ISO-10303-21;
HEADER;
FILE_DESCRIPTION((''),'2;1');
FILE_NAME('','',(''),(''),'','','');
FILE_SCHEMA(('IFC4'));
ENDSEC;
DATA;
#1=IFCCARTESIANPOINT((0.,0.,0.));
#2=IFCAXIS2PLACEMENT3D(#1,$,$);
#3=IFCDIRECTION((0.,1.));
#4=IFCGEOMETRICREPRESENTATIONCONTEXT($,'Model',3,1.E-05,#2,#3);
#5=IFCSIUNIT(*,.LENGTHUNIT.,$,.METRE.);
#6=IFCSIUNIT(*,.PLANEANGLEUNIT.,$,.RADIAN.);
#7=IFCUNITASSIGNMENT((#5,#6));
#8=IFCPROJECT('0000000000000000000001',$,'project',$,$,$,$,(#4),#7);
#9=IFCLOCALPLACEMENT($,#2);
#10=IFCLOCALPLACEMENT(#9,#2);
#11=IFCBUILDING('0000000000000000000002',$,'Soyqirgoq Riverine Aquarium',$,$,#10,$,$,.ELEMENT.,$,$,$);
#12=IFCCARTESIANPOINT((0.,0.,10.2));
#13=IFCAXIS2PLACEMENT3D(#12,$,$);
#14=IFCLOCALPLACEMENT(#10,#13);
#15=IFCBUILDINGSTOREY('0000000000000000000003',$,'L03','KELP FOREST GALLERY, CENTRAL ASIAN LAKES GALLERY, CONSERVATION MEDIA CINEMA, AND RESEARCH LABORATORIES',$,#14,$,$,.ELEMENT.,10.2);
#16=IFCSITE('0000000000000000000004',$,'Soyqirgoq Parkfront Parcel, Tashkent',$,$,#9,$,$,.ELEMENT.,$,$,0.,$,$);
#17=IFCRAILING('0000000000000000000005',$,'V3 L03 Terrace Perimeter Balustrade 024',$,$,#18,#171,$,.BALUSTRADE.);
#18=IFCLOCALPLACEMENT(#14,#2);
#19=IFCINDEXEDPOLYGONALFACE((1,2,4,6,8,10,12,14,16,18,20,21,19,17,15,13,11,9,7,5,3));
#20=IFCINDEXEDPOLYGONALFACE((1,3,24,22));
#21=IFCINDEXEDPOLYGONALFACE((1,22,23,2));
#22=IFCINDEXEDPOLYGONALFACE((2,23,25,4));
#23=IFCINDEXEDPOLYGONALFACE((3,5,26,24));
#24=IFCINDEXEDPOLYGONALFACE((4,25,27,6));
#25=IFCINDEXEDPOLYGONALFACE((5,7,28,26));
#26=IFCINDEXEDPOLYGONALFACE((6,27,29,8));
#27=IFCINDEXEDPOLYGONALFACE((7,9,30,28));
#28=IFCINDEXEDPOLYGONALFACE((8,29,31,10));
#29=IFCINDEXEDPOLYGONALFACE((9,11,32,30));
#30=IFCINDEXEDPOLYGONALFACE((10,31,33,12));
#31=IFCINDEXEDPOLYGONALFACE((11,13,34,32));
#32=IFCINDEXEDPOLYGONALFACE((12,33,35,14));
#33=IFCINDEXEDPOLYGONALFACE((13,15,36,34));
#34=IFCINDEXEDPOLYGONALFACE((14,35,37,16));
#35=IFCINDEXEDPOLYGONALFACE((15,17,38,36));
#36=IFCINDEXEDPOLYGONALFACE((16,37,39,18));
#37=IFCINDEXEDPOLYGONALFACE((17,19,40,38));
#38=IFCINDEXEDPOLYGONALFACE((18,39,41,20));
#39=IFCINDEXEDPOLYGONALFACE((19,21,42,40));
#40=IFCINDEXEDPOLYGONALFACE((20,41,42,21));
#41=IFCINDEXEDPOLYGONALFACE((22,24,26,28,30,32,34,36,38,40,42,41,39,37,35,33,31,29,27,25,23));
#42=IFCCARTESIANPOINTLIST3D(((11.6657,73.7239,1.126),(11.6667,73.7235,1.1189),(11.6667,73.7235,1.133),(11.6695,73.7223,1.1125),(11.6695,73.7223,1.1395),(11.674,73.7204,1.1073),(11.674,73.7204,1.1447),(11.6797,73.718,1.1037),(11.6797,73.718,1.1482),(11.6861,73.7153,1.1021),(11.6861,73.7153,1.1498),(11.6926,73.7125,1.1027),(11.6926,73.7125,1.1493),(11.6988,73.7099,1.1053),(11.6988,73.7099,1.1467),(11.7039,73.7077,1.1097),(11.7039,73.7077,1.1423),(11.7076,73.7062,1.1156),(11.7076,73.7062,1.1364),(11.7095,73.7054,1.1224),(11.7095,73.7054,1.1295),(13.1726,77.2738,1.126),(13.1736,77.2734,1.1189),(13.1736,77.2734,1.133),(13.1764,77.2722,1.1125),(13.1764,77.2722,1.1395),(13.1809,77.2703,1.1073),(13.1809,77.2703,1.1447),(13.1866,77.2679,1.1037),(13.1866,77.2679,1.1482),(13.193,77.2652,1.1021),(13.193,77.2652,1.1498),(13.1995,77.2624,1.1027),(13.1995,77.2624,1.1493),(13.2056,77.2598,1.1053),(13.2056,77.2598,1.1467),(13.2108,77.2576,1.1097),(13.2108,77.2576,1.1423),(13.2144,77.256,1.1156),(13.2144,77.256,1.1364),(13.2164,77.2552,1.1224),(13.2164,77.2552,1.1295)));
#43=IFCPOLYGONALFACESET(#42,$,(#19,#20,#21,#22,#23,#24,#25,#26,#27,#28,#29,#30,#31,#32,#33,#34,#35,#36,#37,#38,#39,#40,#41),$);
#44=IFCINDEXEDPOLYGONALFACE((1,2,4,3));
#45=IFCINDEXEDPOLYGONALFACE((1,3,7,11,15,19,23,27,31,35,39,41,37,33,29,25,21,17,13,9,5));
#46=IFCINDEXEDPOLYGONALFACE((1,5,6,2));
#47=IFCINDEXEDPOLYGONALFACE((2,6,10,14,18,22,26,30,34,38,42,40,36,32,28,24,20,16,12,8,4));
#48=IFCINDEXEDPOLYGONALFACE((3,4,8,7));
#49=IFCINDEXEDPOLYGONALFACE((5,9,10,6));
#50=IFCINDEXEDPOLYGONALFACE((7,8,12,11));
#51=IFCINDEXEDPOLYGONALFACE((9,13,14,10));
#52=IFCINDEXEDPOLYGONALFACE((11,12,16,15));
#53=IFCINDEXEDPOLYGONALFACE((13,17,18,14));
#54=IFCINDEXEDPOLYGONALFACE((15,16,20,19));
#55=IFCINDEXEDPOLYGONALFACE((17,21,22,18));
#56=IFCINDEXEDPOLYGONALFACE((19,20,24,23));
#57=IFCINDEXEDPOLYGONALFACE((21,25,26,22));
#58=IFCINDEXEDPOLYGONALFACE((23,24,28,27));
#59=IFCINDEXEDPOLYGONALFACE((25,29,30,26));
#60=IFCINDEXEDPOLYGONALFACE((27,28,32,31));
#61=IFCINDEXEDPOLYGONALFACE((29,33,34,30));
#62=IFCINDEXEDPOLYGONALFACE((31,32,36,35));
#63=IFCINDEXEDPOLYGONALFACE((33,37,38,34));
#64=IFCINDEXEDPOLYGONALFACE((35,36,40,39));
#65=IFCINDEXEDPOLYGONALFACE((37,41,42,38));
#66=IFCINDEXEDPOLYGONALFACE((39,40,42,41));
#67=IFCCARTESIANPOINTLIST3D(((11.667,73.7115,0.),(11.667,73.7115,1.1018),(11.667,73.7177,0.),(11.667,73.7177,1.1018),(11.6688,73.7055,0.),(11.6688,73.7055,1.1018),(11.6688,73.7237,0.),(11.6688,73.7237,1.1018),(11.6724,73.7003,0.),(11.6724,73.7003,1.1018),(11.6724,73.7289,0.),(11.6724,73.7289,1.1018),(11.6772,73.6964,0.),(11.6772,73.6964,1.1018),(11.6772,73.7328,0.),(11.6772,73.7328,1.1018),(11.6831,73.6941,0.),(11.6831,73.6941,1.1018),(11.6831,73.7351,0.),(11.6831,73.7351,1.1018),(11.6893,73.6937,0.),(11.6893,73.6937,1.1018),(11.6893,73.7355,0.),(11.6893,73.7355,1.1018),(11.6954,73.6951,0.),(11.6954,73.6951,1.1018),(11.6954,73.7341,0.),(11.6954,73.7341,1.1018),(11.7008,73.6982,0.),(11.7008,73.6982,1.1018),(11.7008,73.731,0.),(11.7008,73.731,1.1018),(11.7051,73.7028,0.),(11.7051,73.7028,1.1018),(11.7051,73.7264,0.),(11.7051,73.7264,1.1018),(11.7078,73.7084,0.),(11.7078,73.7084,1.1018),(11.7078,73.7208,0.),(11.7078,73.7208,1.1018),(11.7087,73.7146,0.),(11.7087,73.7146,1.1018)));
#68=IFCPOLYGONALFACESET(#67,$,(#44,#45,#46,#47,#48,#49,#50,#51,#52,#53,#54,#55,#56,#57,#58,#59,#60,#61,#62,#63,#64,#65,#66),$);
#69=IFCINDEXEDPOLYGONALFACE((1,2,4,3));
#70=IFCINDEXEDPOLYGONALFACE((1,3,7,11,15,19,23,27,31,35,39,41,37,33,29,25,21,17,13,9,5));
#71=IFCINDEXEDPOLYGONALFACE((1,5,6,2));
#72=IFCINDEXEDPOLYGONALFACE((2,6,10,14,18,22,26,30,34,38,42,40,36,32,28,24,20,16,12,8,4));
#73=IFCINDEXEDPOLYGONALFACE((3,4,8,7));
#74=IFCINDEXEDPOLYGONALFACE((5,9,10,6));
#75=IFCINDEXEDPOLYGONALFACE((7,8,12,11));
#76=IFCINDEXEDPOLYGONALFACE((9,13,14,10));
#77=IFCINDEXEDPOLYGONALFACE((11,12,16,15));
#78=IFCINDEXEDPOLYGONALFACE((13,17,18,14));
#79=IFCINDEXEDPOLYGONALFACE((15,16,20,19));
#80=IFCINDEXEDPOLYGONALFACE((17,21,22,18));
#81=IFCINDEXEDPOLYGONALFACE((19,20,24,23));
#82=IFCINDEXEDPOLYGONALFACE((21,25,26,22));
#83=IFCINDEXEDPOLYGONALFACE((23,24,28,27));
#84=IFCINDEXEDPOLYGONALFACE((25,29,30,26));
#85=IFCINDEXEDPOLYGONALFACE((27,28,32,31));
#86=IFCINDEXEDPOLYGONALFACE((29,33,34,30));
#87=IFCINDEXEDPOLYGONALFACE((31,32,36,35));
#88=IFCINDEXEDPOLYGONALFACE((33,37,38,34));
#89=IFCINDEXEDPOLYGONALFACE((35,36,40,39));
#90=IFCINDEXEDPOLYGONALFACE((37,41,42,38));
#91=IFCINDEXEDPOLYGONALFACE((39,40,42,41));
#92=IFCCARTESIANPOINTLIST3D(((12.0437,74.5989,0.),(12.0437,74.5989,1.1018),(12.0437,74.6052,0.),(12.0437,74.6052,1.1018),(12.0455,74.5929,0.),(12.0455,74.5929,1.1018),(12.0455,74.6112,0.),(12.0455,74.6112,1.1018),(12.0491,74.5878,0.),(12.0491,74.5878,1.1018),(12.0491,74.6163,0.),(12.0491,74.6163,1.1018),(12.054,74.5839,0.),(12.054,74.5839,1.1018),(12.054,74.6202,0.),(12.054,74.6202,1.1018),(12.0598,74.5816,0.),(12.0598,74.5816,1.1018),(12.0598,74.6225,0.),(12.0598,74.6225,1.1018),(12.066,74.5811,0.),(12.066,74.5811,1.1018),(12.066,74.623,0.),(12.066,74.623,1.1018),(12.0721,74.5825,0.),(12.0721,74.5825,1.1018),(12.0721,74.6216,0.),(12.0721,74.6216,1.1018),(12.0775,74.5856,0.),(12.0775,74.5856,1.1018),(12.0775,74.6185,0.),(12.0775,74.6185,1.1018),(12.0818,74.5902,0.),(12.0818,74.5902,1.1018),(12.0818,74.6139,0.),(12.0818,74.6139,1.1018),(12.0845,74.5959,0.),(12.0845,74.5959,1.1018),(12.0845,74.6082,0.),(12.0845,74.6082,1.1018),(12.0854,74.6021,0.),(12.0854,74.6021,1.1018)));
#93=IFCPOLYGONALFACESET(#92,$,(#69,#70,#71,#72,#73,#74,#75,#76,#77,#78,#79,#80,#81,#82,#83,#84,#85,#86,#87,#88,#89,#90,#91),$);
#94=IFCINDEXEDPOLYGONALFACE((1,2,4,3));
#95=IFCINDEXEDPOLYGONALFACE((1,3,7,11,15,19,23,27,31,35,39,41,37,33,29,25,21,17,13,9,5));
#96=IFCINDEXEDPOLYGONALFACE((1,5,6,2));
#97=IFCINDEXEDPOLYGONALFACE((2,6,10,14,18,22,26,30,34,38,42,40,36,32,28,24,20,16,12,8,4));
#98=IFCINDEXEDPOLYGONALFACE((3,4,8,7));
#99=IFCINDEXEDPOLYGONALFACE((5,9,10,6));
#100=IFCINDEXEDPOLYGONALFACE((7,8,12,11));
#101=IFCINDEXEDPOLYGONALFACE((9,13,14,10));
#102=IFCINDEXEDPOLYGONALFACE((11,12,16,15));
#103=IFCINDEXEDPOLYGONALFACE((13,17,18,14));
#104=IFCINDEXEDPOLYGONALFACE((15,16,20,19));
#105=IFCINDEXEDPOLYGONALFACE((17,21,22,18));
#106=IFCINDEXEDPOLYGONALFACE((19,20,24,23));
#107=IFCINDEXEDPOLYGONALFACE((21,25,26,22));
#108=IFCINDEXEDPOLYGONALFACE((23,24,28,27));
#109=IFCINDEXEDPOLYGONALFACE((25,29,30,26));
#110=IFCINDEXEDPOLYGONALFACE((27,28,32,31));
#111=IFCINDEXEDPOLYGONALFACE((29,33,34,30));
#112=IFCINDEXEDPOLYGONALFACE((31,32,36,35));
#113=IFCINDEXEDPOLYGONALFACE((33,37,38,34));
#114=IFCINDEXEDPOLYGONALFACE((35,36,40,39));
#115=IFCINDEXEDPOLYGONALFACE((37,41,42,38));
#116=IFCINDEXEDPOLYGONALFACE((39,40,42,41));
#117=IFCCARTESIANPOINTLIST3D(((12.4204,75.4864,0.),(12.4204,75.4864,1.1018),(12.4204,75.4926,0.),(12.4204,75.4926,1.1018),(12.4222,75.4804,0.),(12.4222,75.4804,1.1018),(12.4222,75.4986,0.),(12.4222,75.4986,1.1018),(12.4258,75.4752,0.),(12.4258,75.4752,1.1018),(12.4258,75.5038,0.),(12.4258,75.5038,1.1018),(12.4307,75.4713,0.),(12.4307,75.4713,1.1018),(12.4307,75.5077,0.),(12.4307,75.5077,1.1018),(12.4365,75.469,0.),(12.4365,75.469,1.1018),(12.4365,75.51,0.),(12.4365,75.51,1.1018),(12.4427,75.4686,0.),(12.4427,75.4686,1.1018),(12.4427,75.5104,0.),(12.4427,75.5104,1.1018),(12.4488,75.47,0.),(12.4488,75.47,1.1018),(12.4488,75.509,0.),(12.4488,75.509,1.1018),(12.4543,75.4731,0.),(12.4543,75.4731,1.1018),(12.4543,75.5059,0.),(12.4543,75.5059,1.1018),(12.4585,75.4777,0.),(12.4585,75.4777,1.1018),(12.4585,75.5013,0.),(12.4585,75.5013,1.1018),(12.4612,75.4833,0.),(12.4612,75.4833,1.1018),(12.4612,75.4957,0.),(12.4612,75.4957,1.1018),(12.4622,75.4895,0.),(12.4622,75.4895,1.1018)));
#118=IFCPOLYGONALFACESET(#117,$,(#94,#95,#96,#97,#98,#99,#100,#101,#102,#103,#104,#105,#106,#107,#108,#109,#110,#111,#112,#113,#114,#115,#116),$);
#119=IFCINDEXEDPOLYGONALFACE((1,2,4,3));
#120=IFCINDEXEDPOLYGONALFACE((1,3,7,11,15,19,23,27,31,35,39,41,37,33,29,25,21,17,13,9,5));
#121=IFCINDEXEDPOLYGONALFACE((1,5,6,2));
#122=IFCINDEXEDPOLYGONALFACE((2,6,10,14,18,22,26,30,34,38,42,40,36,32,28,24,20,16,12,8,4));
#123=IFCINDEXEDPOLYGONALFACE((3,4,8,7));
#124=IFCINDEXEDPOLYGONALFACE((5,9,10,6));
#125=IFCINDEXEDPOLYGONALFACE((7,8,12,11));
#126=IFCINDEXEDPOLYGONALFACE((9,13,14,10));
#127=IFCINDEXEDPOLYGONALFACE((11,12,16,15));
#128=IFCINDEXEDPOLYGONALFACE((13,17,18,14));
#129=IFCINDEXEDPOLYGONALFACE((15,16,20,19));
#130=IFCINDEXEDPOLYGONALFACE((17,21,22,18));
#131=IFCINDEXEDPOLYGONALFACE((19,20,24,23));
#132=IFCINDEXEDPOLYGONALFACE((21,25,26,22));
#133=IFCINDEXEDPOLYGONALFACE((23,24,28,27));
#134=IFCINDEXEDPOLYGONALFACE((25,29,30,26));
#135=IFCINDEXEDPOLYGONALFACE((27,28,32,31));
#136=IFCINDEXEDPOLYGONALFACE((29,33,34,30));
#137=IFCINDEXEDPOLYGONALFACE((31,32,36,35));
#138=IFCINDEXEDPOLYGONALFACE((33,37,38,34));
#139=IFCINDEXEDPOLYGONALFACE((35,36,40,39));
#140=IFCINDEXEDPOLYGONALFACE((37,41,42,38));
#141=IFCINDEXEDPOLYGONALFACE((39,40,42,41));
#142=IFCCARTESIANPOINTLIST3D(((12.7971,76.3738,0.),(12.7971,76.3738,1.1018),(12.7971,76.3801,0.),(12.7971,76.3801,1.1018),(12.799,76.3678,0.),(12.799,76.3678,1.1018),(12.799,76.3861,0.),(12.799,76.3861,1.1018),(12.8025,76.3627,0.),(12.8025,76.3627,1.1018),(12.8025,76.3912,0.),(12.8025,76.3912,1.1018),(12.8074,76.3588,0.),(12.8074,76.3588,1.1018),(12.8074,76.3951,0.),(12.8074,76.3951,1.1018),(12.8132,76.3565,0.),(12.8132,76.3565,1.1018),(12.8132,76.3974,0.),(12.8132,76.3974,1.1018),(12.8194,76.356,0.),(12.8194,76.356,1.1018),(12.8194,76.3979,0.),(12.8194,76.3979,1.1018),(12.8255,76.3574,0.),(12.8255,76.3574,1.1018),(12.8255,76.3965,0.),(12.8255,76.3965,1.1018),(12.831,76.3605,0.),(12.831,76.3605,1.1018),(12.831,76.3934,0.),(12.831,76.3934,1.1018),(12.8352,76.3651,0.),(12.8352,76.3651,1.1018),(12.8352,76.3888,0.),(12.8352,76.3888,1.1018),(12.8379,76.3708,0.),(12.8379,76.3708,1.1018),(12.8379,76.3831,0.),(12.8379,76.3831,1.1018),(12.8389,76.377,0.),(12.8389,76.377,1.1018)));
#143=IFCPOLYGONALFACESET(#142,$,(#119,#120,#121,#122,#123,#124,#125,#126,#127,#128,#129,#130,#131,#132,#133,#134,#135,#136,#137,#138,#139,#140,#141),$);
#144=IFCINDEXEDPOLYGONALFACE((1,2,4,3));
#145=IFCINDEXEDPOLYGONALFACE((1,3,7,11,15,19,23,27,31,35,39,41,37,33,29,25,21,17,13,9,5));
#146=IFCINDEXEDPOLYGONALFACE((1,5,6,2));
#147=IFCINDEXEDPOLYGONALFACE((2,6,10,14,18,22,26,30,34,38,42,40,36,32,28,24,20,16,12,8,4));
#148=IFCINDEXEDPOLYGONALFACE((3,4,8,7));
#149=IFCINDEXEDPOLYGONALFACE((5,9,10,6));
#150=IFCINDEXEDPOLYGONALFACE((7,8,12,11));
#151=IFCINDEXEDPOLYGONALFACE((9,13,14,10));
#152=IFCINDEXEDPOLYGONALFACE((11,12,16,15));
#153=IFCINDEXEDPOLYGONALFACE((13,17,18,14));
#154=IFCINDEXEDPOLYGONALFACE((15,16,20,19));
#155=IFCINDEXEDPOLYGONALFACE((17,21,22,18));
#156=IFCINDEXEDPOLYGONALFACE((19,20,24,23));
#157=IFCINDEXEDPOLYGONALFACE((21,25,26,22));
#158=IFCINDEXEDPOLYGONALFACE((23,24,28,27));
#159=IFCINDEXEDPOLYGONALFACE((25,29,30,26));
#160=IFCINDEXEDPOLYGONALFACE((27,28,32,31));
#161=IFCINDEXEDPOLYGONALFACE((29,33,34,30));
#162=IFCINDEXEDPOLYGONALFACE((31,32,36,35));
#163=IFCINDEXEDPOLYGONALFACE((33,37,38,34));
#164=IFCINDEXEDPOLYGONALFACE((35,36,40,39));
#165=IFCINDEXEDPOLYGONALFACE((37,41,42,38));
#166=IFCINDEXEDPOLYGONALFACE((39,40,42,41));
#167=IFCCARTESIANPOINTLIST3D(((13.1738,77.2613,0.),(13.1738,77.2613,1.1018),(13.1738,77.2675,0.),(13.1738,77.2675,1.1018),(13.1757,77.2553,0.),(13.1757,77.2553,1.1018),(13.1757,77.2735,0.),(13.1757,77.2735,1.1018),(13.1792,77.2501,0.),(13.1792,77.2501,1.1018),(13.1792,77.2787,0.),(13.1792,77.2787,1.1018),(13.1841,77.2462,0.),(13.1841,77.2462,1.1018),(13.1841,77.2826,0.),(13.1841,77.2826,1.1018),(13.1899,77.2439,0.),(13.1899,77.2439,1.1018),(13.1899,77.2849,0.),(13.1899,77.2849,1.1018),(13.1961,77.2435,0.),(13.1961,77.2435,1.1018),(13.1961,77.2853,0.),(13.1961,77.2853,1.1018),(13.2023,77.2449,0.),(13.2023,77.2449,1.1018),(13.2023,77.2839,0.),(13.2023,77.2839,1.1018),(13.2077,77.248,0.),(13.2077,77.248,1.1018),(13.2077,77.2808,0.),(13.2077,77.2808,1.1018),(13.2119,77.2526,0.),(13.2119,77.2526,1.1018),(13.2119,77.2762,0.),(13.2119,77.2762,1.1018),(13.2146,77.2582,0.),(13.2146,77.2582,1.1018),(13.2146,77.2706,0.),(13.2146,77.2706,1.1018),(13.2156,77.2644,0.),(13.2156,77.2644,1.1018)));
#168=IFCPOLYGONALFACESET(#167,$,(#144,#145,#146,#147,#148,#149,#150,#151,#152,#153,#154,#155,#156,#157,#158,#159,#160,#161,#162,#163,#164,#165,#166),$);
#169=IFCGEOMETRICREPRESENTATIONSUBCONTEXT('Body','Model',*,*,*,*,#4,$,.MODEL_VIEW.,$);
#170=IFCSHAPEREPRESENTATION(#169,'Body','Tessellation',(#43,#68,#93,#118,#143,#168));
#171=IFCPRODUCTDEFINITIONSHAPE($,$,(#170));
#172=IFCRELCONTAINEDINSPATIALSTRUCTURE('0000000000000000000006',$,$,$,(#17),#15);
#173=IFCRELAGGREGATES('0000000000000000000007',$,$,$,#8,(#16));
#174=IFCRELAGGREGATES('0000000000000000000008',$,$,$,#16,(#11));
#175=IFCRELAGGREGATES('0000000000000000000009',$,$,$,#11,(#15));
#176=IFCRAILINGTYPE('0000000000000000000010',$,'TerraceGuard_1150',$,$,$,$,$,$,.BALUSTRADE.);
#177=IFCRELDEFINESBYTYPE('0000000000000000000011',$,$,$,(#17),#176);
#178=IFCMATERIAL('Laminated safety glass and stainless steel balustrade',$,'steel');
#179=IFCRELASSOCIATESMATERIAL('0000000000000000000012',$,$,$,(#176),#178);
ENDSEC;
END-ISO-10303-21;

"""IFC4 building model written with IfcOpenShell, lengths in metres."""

from ifc_helpers import new_model, si_unit, direction, frame, origin, origin_2d, place, context, subcontext, project, spatial, circle, extrude, material, type_object, element, save


model = new_model("IFC4")

# Units and contexts
model_context = context("Model", 3, precision=1e-05, world=origin(), true_north=direction((0.0, 1.0)))
body_context = subcontext(model_context, "Body", "Model", "MODEL_VIEW")
ifc_project = project(units=[si_unit("LENGTHUNIT", "METRE"), si_unit("PLANEANGLEUNIT", "RADIAN")], contexts=[model_context])

# Site, building, storey
site_placement = place(None, origin())
site = spatial("IfcSite", under=ifc_project, at=site_placement, Name="Soyqirgoq Parkfront Parcel, Tashkent", CompositionType="ELEMENT", RefElevation=0.0)
building_placement = place(site_placement, origin())
building = spatial("IfcBuilding", under=site, at=building_placement, Name="Soyqirgoq Riverine Aquarium", CompositionType="ELEMENT")
storey_placement = place(building_placement, frame((0.0, 0.0, 10.2)))
storey = spatial("IfcBuildingStorey", under=building, at=storey_placement, Name="L03", Description="KELP FOREST GALLERY, CENTRAL ASIAN LAKES GALLERY, CONSERVATION MEDIA CINEMA, AND RESEARCH LABORATORIES", CompositionType="ELEMENT", Elevation=10.2)

# Railing
ifc_material_1 = material(Name="Laminated safety glass and stainless steel balustrade", Category="steel")
railing_type = type_object("IfcRailingType", Name="TerraceGuard_1150", PredefinedType="BALUSTRADE", material=ifc_material_1)
railing_1_placement = place(storey_placement, frame((11.6877, 73.7146, 0.0)))
element("IfcRailing", 1, at=railing_1_placement, inside=storey, type_object=railing_type, Name="V3 L03 Terrace Perimeter Balustrade 024", PredefinedType="BALUSTRADE", context=body_context, shape_type="SweptSolid", body=[
    extrude(circle(Radius=0.0239, at=origin_2d()), frame((0.0, 0.0, 1.126), z_axis=(0.390738, 0.920502, 0.0), x_axis=(-0.920502, 0.390738, 0.0)), (0.0, 0.0, 1.0), 3.8564),
    extrude(circle(Radius=0.021, at=origin_2d()), origin(), (0.0, 0.0, 1.0), 1.1018),
    extrude(circle(Radius=0.021, at=origin_2d()), frame((0.3767, 0.8875, 0.0)), (0.0, 0.0, 1.0), 1.1018),
    extrude(circle(Radius=0.021, at=origin_2d()), frame((0.7534, 1.7749, 0.0)), (0.0, 0.0, 1.0), 1.1018),
    extrude(circle(Radius=0.021, at=origin_2d()), frame((1.1301, 2.6624, 0.0)), (0.0, 0.0, 1.0), 1.1018),
    extrude(circle(Radius=0.021, at=origin_2d()), frame((1.5068, 3.5498, 0.0)), (0.0, 0.0, 1.0), 1.1018),
])

save(model, "model.ifc")
